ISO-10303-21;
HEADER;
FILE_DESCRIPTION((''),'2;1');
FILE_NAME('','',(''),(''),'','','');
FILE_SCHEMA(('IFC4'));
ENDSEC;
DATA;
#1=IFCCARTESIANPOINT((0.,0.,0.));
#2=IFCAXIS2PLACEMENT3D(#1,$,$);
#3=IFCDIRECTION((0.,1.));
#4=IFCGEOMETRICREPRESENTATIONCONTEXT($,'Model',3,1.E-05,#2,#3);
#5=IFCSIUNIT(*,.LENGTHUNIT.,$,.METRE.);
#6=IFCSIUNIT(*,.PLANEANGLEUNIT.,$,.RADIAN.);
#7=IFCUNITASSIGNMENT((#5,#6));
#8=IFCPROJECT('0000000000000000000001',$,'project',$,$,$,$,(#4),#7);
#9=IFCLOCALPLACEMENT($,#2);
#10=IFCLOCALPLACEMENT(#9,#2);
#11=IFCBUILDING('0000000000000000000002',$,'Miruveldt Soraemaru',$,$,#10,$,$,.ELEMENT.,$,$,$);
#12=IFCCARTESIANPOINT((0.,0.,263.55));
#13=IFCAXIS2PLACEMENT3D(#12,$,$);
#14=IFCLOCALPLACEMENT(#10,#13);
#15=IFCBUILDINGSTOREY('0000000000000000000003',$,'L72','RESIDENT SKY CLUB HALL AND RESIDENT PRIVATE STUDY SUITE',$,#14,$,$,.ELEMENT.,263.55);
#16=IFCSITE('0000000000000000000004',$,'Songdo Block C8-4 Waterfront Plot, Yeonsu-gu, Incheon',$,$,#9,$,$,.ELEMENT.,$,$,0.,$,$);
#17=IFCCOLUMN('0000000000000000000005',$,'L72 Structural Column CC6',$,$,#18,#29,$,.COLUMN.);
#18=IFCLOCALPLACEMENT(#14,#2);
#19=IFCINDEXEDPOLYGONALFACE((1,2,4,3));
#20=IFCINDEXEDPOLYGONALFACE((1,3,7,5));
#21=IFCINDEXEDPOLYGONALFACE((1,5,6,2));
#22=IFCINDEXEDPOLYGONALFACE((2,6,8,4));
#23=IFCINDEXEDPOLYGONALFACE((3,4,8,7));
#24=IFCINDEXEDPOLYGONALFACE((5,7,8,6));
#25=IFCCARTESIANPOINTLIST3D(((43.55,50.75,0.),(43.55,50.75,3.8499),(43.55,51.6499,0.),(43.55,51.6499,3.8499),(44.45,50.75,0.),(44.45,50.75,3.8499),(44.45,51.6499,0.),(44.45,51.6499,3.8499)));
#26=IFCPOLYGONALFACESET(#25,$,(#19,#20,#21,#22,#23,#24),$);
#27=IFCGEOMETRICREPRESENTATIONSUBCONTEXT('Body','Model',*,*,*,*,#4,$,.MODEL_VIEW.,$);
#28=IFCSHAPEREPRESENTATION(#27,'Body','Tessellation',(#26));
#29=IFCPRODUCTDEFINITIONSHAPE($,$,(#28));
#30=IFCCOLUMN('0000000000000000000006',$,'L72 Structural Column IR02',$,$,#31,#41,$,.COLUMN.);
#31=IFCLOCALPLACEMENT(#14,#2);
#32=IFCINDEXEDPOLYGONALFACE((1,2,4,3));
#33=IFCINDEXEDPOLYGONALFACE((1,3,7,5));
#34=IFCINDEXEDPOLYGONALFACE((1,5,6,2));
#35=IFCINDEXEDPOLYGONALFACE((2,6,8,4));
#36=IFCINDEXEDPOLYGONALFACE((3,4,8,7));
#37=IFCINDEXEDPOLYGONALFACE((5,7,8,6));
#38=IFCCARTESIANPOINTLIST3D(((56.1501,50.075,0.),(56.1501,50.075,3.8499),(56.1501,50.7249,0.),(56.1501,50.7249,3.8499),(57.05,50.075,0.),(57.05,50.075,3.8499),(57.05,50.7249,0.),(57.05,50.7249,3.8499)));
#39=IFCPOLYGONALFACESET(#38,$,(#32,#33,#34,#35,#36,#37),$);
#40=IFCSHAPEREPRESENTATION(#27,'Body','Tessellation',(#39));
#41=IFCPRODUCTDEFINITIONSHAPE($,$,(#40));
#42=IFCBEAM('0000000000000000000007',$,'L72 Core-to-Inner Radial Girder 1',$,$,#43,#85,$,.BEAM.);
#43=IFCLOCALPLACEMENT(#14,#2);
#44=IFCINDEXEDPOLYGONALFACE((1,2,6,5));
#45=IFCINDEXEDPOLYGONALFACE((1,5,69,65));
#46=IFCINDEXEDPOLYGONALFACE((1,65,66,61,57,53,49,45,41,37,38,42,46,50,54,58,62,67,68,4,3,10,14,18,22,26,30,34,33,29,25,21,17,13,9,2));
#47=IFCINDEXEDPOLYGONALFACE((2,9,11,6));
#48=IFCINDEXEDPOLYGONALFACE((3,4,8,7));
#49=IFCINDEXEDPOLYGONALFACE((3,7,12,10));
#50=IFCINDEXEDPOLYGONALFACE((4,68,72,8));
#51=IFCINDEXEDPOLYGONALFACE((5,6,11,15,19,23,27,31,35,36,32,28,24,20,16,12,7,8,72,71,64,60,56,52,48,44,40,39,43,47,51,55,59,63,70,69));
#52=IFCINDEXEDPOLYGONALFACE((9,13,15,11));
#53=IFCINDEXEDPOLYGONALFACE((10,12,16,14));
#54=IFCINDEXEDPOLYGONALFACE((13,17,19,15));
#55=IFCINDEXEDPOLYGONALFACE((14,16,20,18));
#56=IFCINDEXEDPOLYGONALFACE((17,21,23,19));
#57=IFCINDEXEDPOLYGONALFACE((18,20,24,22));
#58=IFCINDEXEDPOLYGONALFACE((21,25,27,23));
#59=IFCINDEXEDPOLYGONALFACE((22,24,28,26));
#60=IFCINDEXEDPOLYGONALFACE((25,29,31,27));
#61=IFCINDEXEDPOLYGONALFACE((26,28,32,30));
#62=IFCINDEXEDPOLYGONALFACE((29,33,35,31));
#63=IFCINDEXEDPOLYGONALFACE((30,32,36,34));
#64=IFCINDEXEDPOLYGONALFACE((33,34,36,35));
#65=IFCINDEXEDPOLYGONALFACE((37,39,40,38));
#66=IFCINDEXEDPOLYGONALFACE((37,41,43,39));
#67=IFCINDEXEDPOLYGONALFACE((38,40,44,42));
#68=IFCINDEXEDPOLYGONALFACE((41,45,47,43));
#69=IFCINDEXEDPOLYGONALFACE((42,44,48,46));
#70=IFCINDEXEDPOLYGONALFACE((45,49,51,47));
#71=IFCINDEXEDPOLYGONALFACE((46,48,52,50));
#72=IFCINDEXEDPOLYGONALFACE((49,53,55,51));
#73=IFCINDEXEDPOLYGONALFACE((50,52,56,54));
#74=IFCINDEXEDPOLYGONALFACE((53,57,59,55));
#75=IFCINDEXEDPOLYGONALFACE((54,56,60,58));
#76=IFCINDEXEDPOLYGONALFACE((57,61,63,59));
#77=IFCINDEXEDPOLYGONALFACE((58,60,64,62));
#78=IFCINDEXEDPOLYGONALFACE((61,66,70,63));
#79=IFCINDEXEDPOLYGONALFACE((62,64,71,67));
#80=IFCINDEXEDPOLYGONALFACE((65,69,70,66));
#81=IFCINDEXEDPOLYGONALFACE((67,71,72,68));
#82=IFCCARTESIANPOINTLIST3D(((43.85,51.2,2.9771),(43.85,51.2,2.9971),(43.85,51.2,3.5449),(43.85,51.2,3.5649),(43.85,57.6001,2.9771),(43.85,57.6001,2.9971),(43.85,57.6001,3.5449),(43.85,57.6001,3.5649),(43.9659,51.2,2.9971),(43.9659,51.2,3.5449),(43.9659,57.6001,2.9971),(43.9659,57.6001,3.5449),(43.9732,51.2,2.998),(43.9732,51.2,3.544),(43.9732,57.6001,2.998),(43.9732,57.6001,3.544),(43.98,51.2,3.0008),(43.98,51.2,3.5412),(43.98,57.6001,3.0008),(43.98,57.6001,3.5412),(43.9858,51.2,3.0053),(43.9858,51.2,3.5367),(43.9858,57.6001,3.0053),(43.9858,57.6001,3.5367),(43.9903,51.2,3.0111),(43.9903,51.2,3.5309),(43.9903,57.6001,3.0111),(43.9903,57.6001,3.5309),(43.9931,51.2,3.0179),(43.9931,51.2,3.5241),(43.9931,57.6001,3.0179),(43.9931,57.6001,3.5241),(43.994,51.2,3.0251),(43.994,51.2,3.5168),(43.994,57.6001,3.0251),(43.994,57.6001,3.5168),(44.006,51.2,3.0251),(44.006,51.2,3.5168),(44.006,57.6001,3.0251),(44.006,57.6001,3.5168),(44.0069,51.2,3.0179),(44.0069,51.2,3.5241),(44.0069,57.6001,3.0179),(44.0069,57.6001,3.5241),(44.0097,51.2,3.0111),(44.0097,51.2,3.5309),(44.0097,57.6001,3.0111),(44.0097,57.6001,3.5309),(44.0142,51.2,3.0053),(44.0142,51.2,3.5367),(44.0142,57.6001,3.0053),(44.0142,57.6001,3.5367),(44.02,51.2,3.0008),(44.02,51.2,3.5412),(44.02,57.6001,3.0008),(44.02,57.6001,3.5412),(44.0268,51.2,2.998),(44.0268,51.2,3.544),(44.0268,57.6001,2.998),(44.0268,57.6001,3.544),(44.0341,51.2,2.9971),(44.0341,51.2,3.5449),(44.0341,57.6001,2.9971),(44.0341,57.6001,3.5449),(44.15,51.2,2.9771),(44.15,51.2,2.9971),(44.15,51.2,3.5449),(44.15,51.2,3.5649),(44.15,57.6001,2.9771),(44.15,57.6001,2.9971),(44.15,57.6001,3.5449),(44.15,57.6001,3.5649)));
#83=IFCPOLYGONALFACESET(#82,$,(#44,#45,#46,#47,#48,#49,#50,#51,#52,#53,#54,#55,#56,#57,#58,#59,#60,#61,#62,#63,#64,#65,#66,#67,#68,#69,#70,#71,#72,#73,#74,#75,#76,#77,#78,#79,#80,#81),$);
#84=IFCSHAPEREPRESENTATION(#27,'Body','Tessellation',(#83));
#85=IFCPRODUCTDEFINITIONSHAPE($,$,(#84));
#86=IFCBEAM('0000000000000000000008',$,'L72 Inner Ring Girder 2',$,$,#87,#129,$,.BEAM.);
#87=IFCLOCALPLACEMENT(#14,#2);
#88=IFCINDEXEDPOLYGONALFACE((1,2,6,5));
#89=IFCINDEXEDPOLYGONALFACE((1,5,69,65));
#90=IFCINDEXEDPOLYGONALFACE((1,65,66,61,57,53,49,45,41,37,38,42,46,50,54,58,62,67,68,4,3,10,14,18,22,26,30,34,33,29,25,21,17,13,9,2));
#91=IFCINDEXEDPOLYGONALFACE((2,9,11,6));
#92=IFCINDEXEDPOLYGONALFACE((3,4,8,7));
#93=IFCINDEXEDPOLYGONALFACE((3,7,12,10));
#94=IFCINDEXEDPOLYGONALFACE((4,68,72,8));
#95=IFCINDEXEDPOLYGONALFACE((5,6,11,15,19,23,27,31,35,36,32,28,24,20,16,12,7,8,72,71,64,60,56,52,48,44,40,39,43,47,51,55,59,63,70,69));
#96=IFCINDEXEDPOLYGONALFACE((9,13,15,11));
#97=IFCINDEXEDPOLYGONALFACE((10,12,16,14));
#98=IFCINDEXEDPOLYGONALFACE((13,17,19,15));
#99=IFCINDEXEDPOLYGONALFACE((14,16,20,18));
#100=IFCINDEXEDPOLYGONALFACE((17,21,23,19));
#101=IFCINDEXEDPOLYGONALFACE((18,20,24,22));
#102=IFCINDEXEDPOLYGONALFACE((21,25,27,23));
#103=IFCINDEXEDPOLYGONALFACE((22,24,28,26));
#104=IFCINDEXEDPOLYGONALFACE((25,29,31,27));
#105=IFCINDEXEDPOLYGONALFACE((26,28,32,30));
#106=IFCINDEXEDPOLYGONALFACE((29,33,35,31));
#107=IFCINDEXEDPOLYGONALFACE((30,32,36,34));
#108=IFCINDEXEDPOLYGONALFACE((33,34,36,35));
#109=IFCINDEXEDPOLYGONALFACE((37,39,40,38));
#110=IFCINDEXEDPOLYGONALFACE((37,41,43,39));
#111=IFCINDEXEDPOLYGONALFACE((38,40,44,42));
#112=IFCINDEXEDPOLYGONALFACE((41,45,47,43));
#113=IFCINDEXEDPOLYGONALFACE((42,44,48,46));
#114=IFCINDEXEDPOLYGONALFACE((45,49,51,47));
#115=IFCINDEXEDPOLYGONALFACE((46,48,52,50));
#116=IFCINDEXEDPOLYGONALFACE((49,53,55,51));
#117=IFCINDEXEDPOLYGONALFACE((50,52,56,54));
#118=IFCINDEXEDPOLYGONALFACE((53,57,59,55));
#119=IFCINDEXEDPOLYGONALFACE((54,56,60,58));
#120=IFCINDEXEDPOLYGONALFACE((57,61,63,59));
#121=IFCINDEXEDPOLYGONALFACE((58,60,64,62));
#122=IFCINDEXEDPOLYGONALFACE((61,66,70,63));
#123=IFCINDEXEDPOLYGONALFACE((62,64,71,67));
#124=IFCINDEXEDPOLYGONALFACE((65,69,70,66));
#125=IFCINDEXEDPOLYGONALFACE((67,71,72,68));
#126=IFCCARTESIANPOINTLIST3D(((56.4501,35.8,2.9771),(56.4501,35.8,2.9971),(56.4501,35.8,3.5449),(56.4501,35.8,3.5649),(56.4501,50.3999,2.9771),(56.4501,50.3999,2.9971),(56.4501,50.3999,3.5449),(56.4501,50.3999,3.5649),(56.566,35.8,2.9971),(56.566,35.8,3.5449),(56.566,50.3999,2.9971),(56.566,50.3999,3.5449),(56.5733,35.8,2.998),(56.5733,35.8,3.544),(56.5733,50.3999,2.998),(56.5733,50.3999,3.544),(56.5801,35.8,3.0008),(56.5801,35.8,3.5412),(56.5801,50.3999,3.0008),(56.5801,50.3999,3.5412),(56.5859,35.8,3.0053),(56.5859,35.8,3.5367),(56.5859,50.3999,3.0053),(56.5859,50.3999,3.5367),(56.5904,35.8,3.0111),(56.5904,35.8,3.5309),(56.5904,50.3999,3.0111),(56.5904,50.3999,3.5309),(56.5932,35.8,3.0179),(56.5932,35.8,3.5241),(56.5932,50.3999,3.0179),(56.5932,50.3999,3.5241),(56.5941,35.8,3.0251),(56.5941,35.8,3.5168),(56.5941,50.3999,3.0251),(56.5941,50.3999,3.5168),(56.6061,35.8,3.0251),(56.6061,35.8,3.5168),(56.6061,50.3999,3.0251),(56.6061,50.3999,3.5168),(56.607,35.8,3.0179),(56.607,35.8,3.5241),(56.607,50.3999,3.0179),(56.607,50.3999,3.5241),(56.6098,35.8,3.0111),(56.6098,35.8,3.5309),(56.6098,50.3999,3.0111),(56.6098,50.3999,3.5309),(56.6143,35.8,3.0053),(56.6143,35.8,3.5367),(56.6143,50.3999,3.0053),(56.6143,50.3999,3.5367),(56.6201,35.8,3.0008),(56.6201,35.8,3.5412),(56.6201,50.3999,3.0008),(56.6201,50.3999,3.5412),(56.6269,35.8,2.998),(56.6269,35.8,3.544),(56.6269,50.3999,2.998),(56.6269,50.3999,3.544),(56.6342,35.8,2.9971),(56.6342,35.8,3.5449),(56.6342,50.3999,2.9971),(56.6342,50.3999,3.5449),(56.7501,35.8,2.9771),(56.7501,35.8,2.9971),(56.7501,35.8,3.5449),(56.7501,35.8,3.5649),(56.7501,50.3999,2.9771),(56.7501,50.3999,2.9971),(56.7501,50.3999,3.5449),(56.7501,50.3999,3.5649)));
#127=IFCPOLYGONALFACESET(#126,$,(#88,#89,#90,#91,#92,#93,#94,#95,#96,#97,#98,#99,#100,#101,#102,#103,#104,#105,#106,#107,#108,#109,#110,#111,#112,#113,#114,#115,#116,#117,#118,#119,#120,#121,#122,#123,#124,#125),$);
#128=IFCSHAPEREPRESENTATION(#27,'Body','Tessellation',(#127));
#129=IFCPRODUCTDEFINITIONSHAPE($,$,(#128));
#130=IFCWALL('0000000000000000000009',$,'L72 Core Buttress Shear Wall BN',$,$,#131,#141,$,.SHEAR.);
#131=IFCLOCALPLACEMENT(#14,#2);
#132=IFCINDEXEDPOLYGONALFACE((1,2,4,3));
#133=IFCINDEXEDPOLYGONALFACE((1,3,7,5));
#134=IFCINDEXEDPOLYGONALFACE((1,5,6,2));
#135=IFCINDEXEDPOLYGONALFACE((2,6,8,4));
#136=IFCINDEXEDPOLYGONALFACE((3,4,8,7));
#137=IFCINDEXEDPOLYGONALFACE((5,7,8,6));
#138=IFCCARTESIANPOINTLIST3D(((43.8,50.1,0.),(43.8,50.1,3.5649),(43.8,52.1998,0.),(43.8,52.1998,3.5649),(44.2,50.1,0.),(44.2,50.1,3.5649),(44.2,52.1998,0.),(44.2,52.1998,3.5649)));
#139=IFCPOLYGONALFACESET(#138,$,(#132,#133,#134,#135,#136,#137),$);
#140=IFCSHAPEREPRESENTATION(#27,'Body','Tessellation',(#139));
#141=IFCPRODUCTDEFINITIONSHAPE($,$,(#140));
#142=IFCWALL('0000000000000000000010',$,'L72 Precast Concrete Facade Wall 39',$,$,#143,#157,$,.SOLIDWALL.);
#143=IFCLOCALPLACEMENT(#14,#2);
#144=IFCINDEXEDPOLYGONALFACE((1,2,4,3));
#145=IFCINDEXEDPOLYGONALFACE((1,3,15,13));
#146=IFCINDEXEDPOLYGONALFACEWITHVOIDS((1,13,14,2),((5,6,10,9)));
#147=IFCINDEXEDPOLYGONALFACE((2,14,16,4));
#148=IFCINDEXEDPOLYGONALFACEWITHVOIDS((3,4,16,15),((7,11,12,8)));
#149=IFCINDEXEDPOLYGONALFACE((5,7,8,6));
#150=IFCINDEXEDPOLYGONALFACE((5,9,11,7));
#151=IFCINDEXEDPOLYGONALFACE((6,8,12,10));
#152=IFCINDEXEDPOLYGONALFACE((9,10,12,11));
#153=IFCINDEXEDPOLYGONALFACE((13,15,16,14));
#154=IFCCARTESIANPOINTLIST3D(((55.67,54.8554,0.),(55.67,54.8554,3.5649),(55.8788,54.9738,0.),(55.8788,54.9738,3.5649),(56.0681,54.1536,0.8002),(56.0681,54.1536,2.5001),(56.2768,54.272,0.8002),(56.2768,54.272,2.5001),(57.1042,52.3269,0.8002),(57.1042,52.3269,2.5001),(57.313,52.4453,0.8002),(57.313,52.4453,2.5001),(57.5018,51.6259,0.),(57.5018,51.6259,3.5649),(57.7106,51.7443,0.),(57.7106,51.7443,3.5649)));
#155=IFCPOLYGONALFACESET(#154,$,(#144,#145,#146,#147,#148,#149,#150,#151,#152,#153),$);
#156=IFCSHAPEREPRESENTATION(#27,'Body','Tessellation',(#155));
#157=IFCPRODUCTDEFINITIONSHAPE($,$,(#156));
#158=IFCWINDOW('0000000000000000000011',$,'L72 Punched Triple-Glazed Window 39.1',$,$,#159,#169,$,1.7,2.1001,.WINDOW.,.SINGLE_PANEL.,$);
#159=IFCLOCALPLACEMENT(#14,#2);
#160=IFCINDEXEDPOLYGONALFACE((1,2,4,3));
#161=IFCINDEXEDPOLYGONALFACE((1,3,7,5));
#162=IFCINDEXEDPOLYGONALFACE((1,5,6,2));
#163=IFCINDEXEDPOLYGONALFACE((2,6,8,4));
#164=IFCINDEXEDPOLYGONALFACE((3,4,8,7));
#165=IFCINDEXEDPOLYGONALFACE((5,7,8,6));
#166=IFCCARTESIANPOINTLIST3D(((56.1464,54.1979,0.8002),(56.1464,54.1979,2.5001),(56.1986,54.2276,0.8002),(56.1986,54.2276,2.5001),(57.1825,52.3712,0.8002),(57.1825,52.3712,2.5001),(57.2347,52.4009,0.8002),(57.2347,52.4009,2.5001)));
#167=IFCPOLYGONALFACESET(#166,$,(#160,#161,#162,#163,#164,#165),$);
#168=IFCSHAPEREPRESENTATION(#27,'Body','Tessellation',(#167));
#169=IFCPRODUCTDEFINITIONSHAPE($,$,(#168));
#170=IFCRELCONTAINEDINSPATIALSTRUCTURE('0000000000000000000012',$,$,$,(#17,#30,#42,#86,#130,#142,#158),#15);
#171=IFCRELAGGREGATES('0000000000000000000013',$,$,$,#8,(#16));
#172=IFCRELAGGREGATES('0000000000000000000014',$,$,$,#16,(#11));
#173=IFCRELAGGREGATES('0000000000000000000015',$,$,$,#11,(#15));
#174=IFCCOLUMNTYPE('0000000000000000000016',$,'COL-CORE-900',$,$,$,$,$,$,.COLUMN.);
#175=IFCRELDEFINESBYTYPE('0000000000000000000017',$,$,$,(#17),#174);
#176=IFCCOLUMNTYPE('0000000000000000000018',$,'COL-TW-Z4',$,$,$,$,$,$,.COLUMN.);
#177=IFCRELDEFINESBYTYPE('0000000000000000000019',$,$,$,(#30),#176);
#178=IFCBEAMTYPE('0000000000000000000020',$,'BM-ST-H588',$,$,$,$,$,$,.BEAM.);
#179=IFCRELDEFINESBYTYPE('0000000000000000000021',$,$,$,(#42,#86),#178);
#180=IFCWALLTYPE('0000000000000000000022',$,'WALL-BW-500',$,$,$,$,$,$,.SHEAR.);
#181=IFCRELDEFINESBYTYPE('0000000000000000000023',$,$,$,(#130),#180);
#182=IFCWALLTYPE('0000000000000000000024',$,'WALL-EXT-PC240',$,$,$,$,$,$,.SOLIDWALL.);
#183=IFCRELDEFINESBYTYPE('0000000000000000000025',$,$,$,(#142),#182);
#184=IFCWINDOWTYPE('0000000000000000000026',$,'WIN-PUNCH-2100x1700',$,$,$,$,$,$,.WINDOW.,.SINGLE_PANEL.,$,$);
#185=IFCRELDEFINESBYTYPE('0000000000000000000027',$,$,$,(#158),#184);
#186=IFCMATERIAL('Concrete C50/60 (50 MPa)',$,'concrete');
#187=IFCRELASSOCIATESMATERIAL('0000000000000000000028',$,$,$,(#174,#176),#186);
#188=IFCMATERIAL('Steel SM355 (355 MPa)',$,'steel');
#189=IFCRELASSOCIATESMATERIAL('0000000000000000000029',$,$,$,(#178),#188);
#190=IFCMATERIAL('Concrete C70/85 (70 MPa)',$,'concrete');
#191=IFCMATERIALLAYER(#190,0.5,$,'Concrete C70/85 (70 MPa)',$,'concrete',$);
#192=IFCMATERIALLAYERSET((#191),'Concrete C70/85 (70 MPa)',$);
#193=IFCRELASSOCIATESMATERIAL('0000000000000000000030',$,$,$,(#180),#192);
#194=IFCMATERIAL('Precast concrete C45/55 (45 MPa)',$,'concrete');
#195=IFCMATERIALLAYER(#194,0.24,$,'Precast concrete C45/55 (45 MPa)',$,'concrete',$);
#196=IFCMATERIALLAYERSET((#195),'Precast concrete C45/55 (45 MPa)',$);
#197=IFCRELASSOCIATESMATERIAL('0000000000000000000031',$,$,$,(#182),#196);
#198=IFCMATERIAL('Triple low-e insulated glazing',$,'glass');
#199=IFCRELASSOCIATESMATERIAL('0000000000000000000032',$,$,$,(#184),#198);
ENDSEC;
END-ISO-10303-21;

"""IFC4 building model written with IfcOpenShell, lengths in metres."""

from ifc_helpers import new_model, si_unit, direction, frame, frame_2d, origin, origin_2d, place, context, subcontext, project, spatial, rectangle, i_section, extrude, material, layer, layer_set, material_profile, profile_set, type_object, element, fill, save


model = new_model("IFC4")

# Units and contexts
model_context = context("Model", 3, precision=1e-05, world=origin(), true_north=direction((0.0, 1.0)))
body_context = subcontext(model_context, "Body", "Model", "MODEL_VIEW")
ifc_project = project(units=[si_unit("LENGTHUNIT", "METRE"), si_unit("PLANEANGLEUNIT", "RADIAN")], contexts=[model_context])

# Site, building, storey
site_placement = place(None, origin())
site = spatial("IfcSite", under=ifc_project, at=site_placement, Name="Songdo Block C8-4 Waterfront Plot, Yeonsu-gu, Incheon", CompositionType="ELEMENT", RefElevation=0.0)
building_placement = place(site_placement, origin())
building = spatial("IfcBuilding", under=site, at=building_placement, Name="Miruveldt Soraemaru", CompositionType="ELEMENT")
storey_placement = place(building_placement, frame((0.0, 0.0, 263.55)))
storey = spatial("IfcBuildingStorey", under=building, at=storey_placement, Name="L72", Description="RESIDENT SKY CLUB HALL AND RESIDENT PRIVATE STUDY SUITE", CompositionType="ELEMENT", Elevation=263.55)

# Columns
ifc_material_1 = material(Name="Concrete C50/60 (50 MPa)", Category="concrete")
ifc_material_profile_1 = material_profile(ifc_material_1, rectangle(XDim=0.8999, YDim=0.8999, at=origin_2d()), Name="Concrete C50/60 (50 MPa)", Category="concrete")
ifc_profile_set_1 = profile_set([ifc_material_profile_1], Name="Concrete C50/60 (50 MPa)")
column_type_1 = type_object("IfcColumnType", Name="COL-CORE-900", PredefinedType="COLUMN", material=ifc_profile_set_1)
column_1_placement = place(storey_placement, frame((44.0, 51.2, 0.0), z_axis=(0.0, 0.0, 1.0), x_axis=(1.0, 0.0, 0.0)))
element("IfcColumn", 1, at=column_1_placement, inside=storey, type_object=column_type_1, Name="L72 Structural Column CC6", PredefinedType="COLUMN", context=body_context, shape_type="SweptSolid", body=[
    extrude(rectangle(XDim=0.8999, YDim=0.8999, at=origin_2d()), origin(), (0.0, 0.0, 1.0), 3.8499),
])
ifc_material_profile_2 = material_profile(ifc_material_1, rectangle(XDim=0.8999, YDim=0.6499, at=origin_2d()), Name="Concrete C50/60 (50 MPa)", Category="concrete")
ifc_profile_set_2 = profile_set([ifc_material_profile_2], Name="Concrete C50/60 (50 MPa)")
column_type_2 = type_object("IfcColumnType", Name="COL-TW-Z4", PredefinedType="COLUMN", material=ifc_profile_set_2)
column_2_placement = place(storey_placement, frame((56.6001, 50.3999, 0.0), z_axis=(0.0, 0.0, 1.0), x_axis=(1.0, 0.0, 0.0)))
element("IfcColumn", 2, at=column_2_placement, inside=storey, type_object=column_type_2, Name="L72 Structural Column IR02", PredefinedType="COLUMN", context=body_context, shape_type="SweptSolid", body=[
    extrude(rectangle(XDim=0.8999, YDim=0.6499, at=origin_2d()), origin(), (0.0, 0.0, 1.0), 3.8499),
])

# Beams
ifc_material_2 = material(Name="Steel SM355 (355 MPa)", Category="steel")
ifc_material_profile_3 = material_profile(ifc_material_2, i_section(OverallWidth=0.3, OverallDepth=0.5879, WebThickness=0.012, FlangeThickness=0.02, FilletRadius=0.0281, at=origin_2d()), Name="Steel SM355 (355 MPa)", Category="steel")
ifc_profile_set_3 = profile_set([ifc_material_profile_3], Name="Steel SM355 (355 MPa)")
beam_type = type_object("IfcBeamType", Name="BM-ST-H588", PredefinedType="BEAM", material=ifc_profile_set_3)
beam_1_placement = place(storey_placement, frame((44.0, 51.2, 3.271), z_axis=(0.0, 1.0, 0.0), x_axis=(-1.0, 0.0, 0.0)))
element("IfcBeam", 3, at=beam_1_placement, inside=storey, type_object=beam_type, Name="L72 Core-to-Inner Radial Girder 1", PredefinedType="BEAM", context=body_context, shape_type="SweptSolid", body=[
    extrude(i_section(OverallWidth=0.3, OverallDepth=0.5879, WebThickness=0.012, FlangeThickness=0.02, FilletRadius=0.0281, at=origin_2d()), origin(), (0.0, 0.0, 1.0), 6.4001),
])
beam_2_placement = place(storey_placement, frame((56.6001, 50.3999, 3.271), z_axis=(0.0, -1.0, 0.0), x_axis=(1.0, 0.0, 0.0)))
element("IfcBeam", 4, at=beam_2_placement, inside=storey, type_object=beam_type, Name="L72 Inner Ring Girder 2", PredefinedType="BEAM", context=body_context, shape_type="SweptSolid", body=[
    extrude(i_section(OverallWidth=0.3, OverallDepth=0.5879, WebThickness=0.012, FlangeThickness=0.02, FilletRadius=0.0281, at=origin_2d()), origin(), (0.0, 0.0, 1.0), 14.5999),
])

# Wall
ifc_material_3 = material(Name="Concrete C70/85 (70 MPa)", Category="concrete")
ifc_layer_1 = layer(ifc_material_3, 0.5, Name="Concrete C70/85 (70 MPa)", Category="concrete")
ifc_layer_set_1 = layer_set([ifc_layer_1], Name="Concrete C70/85 (70 MPa)")
wall_type_1 = type_object("IfcWallType", Name="WALL-BW-500", PredefinedType="SHEAR", material=ifc_layer_set_1)
wall_1_placement = place(storey_placement, frame((44.0, 50.1001, 0.0), z_axis=(0.0, 0.0, 1.0), x_axis=(0.0, 1.0, 0.0)))
element("IfcWall", 5, at=wall_1_placement, inside=storey, type_object=wall_type_1, Name="L72 Core Buttress Shear Wall BN", PredefinedType="SHEAR", context=body_context, shape_type="SweptSolid", body=[
    extrude(rectangle(XDim=2.0999, YDim=0.3999, at=frame_2d((1.0498, 0.0))), origin(), (0.0, 0.0, 1.0), 3.5649),
])

# Wall, opening, window
ifc_material_4 = material(Name="Precast concrete C45/55 (45 MPa)", Category="concrete")
ifc_layer_2 = layer(ifc_material_4, 0.24, Name="Precast concrete C45/55 (45 MPa)", Category="concrete")
ifc_layer_set_2 = layer_set([ifc_layer_2], Name="Precast concrete C45/55 (45 MPa)")
wall_type_2 = type_object("IfcWallType", Name="WALL-EXT-PC240", PredefinedType="SOLIDWALL", material=ifc_layer_set_2)
wall_2_placement = place(storey_placement, frame((57.6062, 51.6851, 0.0), z_axis=(0.0, 0.0, 1.0), x_axis=(-0.493368, 0.869821, 0.0)))
wall_2 = element("IfcWall", 6, at=wall_2_placement, inside=storey, type_object=wall_type_2, Name="L72 Precast Concrete Facade Wall 39", PredefinedType="SOLIDWALL", context=body_context, shape_type="SweptSolid", body=[
    extrude(rectangle(XDim=3.7129, YDim=0.24, at=frame_2d((1.8564, 0.0))), origin(), (0.0, 0.0, 1.0), 3.5649),
])
opening_1_placement = place(wall_2_placement, frame((0.8059, 0.0, 0.8)))
opening_1 = element("IfcOpeningElement", 7, at=opening_1_placement, cuts=wall_2, PredefinedType="OPENING", context=body_context, shape_type="SweptSolid", body=[
    extrude(rectangle(XDim=2.1001, YDim=1.7, at=frame_2d((1.05, 0.8501))), frame((0.0, 0.1299, 0.0), z_axis=(0.0, -1.0, 0.0), x_axis=(1.0, 0.0, 0.0)), (0.0, 0.0, 1.0), 0.26),
])
ifc_material_5 = material(Name="Triple low-e insulated glazing", Category="glass")
window_type = type_object("IfcWindowType", Name="WIN-PUNCH-2100x1700", PartitioningType="SINGLE_PANEL", PredefinedType="WINDOW", material=ifc_material_5)
window_placement = place(opening_1_placement, origin())
window = element("IfcWindow", 8, at=window_placement, inside=storey, type_object=window_type, Name="L72 Punched Triple-Glazed Window 39.1", OverallHeight=1.7, OverallWidth=2.1001, PartitioningType="SINGLE_PANEL", PredefinedType="WINDOW", context=body_context, shape_type="SweptSolid", body=[
    extrude(rectangle(XDim=2.1001, YDim=1.7, at=frame_2d((1.05, 0.8501))), frame((0.0, 0.03, 0.0), z_axis=(0.0, -1.0, 0.0), x_axis=(1.0, 0.0, 0.0)), (0.0, 0.0, 1.0), 0.0601),
])
fill(opening_1, window)

save(model, "model.ifc")
